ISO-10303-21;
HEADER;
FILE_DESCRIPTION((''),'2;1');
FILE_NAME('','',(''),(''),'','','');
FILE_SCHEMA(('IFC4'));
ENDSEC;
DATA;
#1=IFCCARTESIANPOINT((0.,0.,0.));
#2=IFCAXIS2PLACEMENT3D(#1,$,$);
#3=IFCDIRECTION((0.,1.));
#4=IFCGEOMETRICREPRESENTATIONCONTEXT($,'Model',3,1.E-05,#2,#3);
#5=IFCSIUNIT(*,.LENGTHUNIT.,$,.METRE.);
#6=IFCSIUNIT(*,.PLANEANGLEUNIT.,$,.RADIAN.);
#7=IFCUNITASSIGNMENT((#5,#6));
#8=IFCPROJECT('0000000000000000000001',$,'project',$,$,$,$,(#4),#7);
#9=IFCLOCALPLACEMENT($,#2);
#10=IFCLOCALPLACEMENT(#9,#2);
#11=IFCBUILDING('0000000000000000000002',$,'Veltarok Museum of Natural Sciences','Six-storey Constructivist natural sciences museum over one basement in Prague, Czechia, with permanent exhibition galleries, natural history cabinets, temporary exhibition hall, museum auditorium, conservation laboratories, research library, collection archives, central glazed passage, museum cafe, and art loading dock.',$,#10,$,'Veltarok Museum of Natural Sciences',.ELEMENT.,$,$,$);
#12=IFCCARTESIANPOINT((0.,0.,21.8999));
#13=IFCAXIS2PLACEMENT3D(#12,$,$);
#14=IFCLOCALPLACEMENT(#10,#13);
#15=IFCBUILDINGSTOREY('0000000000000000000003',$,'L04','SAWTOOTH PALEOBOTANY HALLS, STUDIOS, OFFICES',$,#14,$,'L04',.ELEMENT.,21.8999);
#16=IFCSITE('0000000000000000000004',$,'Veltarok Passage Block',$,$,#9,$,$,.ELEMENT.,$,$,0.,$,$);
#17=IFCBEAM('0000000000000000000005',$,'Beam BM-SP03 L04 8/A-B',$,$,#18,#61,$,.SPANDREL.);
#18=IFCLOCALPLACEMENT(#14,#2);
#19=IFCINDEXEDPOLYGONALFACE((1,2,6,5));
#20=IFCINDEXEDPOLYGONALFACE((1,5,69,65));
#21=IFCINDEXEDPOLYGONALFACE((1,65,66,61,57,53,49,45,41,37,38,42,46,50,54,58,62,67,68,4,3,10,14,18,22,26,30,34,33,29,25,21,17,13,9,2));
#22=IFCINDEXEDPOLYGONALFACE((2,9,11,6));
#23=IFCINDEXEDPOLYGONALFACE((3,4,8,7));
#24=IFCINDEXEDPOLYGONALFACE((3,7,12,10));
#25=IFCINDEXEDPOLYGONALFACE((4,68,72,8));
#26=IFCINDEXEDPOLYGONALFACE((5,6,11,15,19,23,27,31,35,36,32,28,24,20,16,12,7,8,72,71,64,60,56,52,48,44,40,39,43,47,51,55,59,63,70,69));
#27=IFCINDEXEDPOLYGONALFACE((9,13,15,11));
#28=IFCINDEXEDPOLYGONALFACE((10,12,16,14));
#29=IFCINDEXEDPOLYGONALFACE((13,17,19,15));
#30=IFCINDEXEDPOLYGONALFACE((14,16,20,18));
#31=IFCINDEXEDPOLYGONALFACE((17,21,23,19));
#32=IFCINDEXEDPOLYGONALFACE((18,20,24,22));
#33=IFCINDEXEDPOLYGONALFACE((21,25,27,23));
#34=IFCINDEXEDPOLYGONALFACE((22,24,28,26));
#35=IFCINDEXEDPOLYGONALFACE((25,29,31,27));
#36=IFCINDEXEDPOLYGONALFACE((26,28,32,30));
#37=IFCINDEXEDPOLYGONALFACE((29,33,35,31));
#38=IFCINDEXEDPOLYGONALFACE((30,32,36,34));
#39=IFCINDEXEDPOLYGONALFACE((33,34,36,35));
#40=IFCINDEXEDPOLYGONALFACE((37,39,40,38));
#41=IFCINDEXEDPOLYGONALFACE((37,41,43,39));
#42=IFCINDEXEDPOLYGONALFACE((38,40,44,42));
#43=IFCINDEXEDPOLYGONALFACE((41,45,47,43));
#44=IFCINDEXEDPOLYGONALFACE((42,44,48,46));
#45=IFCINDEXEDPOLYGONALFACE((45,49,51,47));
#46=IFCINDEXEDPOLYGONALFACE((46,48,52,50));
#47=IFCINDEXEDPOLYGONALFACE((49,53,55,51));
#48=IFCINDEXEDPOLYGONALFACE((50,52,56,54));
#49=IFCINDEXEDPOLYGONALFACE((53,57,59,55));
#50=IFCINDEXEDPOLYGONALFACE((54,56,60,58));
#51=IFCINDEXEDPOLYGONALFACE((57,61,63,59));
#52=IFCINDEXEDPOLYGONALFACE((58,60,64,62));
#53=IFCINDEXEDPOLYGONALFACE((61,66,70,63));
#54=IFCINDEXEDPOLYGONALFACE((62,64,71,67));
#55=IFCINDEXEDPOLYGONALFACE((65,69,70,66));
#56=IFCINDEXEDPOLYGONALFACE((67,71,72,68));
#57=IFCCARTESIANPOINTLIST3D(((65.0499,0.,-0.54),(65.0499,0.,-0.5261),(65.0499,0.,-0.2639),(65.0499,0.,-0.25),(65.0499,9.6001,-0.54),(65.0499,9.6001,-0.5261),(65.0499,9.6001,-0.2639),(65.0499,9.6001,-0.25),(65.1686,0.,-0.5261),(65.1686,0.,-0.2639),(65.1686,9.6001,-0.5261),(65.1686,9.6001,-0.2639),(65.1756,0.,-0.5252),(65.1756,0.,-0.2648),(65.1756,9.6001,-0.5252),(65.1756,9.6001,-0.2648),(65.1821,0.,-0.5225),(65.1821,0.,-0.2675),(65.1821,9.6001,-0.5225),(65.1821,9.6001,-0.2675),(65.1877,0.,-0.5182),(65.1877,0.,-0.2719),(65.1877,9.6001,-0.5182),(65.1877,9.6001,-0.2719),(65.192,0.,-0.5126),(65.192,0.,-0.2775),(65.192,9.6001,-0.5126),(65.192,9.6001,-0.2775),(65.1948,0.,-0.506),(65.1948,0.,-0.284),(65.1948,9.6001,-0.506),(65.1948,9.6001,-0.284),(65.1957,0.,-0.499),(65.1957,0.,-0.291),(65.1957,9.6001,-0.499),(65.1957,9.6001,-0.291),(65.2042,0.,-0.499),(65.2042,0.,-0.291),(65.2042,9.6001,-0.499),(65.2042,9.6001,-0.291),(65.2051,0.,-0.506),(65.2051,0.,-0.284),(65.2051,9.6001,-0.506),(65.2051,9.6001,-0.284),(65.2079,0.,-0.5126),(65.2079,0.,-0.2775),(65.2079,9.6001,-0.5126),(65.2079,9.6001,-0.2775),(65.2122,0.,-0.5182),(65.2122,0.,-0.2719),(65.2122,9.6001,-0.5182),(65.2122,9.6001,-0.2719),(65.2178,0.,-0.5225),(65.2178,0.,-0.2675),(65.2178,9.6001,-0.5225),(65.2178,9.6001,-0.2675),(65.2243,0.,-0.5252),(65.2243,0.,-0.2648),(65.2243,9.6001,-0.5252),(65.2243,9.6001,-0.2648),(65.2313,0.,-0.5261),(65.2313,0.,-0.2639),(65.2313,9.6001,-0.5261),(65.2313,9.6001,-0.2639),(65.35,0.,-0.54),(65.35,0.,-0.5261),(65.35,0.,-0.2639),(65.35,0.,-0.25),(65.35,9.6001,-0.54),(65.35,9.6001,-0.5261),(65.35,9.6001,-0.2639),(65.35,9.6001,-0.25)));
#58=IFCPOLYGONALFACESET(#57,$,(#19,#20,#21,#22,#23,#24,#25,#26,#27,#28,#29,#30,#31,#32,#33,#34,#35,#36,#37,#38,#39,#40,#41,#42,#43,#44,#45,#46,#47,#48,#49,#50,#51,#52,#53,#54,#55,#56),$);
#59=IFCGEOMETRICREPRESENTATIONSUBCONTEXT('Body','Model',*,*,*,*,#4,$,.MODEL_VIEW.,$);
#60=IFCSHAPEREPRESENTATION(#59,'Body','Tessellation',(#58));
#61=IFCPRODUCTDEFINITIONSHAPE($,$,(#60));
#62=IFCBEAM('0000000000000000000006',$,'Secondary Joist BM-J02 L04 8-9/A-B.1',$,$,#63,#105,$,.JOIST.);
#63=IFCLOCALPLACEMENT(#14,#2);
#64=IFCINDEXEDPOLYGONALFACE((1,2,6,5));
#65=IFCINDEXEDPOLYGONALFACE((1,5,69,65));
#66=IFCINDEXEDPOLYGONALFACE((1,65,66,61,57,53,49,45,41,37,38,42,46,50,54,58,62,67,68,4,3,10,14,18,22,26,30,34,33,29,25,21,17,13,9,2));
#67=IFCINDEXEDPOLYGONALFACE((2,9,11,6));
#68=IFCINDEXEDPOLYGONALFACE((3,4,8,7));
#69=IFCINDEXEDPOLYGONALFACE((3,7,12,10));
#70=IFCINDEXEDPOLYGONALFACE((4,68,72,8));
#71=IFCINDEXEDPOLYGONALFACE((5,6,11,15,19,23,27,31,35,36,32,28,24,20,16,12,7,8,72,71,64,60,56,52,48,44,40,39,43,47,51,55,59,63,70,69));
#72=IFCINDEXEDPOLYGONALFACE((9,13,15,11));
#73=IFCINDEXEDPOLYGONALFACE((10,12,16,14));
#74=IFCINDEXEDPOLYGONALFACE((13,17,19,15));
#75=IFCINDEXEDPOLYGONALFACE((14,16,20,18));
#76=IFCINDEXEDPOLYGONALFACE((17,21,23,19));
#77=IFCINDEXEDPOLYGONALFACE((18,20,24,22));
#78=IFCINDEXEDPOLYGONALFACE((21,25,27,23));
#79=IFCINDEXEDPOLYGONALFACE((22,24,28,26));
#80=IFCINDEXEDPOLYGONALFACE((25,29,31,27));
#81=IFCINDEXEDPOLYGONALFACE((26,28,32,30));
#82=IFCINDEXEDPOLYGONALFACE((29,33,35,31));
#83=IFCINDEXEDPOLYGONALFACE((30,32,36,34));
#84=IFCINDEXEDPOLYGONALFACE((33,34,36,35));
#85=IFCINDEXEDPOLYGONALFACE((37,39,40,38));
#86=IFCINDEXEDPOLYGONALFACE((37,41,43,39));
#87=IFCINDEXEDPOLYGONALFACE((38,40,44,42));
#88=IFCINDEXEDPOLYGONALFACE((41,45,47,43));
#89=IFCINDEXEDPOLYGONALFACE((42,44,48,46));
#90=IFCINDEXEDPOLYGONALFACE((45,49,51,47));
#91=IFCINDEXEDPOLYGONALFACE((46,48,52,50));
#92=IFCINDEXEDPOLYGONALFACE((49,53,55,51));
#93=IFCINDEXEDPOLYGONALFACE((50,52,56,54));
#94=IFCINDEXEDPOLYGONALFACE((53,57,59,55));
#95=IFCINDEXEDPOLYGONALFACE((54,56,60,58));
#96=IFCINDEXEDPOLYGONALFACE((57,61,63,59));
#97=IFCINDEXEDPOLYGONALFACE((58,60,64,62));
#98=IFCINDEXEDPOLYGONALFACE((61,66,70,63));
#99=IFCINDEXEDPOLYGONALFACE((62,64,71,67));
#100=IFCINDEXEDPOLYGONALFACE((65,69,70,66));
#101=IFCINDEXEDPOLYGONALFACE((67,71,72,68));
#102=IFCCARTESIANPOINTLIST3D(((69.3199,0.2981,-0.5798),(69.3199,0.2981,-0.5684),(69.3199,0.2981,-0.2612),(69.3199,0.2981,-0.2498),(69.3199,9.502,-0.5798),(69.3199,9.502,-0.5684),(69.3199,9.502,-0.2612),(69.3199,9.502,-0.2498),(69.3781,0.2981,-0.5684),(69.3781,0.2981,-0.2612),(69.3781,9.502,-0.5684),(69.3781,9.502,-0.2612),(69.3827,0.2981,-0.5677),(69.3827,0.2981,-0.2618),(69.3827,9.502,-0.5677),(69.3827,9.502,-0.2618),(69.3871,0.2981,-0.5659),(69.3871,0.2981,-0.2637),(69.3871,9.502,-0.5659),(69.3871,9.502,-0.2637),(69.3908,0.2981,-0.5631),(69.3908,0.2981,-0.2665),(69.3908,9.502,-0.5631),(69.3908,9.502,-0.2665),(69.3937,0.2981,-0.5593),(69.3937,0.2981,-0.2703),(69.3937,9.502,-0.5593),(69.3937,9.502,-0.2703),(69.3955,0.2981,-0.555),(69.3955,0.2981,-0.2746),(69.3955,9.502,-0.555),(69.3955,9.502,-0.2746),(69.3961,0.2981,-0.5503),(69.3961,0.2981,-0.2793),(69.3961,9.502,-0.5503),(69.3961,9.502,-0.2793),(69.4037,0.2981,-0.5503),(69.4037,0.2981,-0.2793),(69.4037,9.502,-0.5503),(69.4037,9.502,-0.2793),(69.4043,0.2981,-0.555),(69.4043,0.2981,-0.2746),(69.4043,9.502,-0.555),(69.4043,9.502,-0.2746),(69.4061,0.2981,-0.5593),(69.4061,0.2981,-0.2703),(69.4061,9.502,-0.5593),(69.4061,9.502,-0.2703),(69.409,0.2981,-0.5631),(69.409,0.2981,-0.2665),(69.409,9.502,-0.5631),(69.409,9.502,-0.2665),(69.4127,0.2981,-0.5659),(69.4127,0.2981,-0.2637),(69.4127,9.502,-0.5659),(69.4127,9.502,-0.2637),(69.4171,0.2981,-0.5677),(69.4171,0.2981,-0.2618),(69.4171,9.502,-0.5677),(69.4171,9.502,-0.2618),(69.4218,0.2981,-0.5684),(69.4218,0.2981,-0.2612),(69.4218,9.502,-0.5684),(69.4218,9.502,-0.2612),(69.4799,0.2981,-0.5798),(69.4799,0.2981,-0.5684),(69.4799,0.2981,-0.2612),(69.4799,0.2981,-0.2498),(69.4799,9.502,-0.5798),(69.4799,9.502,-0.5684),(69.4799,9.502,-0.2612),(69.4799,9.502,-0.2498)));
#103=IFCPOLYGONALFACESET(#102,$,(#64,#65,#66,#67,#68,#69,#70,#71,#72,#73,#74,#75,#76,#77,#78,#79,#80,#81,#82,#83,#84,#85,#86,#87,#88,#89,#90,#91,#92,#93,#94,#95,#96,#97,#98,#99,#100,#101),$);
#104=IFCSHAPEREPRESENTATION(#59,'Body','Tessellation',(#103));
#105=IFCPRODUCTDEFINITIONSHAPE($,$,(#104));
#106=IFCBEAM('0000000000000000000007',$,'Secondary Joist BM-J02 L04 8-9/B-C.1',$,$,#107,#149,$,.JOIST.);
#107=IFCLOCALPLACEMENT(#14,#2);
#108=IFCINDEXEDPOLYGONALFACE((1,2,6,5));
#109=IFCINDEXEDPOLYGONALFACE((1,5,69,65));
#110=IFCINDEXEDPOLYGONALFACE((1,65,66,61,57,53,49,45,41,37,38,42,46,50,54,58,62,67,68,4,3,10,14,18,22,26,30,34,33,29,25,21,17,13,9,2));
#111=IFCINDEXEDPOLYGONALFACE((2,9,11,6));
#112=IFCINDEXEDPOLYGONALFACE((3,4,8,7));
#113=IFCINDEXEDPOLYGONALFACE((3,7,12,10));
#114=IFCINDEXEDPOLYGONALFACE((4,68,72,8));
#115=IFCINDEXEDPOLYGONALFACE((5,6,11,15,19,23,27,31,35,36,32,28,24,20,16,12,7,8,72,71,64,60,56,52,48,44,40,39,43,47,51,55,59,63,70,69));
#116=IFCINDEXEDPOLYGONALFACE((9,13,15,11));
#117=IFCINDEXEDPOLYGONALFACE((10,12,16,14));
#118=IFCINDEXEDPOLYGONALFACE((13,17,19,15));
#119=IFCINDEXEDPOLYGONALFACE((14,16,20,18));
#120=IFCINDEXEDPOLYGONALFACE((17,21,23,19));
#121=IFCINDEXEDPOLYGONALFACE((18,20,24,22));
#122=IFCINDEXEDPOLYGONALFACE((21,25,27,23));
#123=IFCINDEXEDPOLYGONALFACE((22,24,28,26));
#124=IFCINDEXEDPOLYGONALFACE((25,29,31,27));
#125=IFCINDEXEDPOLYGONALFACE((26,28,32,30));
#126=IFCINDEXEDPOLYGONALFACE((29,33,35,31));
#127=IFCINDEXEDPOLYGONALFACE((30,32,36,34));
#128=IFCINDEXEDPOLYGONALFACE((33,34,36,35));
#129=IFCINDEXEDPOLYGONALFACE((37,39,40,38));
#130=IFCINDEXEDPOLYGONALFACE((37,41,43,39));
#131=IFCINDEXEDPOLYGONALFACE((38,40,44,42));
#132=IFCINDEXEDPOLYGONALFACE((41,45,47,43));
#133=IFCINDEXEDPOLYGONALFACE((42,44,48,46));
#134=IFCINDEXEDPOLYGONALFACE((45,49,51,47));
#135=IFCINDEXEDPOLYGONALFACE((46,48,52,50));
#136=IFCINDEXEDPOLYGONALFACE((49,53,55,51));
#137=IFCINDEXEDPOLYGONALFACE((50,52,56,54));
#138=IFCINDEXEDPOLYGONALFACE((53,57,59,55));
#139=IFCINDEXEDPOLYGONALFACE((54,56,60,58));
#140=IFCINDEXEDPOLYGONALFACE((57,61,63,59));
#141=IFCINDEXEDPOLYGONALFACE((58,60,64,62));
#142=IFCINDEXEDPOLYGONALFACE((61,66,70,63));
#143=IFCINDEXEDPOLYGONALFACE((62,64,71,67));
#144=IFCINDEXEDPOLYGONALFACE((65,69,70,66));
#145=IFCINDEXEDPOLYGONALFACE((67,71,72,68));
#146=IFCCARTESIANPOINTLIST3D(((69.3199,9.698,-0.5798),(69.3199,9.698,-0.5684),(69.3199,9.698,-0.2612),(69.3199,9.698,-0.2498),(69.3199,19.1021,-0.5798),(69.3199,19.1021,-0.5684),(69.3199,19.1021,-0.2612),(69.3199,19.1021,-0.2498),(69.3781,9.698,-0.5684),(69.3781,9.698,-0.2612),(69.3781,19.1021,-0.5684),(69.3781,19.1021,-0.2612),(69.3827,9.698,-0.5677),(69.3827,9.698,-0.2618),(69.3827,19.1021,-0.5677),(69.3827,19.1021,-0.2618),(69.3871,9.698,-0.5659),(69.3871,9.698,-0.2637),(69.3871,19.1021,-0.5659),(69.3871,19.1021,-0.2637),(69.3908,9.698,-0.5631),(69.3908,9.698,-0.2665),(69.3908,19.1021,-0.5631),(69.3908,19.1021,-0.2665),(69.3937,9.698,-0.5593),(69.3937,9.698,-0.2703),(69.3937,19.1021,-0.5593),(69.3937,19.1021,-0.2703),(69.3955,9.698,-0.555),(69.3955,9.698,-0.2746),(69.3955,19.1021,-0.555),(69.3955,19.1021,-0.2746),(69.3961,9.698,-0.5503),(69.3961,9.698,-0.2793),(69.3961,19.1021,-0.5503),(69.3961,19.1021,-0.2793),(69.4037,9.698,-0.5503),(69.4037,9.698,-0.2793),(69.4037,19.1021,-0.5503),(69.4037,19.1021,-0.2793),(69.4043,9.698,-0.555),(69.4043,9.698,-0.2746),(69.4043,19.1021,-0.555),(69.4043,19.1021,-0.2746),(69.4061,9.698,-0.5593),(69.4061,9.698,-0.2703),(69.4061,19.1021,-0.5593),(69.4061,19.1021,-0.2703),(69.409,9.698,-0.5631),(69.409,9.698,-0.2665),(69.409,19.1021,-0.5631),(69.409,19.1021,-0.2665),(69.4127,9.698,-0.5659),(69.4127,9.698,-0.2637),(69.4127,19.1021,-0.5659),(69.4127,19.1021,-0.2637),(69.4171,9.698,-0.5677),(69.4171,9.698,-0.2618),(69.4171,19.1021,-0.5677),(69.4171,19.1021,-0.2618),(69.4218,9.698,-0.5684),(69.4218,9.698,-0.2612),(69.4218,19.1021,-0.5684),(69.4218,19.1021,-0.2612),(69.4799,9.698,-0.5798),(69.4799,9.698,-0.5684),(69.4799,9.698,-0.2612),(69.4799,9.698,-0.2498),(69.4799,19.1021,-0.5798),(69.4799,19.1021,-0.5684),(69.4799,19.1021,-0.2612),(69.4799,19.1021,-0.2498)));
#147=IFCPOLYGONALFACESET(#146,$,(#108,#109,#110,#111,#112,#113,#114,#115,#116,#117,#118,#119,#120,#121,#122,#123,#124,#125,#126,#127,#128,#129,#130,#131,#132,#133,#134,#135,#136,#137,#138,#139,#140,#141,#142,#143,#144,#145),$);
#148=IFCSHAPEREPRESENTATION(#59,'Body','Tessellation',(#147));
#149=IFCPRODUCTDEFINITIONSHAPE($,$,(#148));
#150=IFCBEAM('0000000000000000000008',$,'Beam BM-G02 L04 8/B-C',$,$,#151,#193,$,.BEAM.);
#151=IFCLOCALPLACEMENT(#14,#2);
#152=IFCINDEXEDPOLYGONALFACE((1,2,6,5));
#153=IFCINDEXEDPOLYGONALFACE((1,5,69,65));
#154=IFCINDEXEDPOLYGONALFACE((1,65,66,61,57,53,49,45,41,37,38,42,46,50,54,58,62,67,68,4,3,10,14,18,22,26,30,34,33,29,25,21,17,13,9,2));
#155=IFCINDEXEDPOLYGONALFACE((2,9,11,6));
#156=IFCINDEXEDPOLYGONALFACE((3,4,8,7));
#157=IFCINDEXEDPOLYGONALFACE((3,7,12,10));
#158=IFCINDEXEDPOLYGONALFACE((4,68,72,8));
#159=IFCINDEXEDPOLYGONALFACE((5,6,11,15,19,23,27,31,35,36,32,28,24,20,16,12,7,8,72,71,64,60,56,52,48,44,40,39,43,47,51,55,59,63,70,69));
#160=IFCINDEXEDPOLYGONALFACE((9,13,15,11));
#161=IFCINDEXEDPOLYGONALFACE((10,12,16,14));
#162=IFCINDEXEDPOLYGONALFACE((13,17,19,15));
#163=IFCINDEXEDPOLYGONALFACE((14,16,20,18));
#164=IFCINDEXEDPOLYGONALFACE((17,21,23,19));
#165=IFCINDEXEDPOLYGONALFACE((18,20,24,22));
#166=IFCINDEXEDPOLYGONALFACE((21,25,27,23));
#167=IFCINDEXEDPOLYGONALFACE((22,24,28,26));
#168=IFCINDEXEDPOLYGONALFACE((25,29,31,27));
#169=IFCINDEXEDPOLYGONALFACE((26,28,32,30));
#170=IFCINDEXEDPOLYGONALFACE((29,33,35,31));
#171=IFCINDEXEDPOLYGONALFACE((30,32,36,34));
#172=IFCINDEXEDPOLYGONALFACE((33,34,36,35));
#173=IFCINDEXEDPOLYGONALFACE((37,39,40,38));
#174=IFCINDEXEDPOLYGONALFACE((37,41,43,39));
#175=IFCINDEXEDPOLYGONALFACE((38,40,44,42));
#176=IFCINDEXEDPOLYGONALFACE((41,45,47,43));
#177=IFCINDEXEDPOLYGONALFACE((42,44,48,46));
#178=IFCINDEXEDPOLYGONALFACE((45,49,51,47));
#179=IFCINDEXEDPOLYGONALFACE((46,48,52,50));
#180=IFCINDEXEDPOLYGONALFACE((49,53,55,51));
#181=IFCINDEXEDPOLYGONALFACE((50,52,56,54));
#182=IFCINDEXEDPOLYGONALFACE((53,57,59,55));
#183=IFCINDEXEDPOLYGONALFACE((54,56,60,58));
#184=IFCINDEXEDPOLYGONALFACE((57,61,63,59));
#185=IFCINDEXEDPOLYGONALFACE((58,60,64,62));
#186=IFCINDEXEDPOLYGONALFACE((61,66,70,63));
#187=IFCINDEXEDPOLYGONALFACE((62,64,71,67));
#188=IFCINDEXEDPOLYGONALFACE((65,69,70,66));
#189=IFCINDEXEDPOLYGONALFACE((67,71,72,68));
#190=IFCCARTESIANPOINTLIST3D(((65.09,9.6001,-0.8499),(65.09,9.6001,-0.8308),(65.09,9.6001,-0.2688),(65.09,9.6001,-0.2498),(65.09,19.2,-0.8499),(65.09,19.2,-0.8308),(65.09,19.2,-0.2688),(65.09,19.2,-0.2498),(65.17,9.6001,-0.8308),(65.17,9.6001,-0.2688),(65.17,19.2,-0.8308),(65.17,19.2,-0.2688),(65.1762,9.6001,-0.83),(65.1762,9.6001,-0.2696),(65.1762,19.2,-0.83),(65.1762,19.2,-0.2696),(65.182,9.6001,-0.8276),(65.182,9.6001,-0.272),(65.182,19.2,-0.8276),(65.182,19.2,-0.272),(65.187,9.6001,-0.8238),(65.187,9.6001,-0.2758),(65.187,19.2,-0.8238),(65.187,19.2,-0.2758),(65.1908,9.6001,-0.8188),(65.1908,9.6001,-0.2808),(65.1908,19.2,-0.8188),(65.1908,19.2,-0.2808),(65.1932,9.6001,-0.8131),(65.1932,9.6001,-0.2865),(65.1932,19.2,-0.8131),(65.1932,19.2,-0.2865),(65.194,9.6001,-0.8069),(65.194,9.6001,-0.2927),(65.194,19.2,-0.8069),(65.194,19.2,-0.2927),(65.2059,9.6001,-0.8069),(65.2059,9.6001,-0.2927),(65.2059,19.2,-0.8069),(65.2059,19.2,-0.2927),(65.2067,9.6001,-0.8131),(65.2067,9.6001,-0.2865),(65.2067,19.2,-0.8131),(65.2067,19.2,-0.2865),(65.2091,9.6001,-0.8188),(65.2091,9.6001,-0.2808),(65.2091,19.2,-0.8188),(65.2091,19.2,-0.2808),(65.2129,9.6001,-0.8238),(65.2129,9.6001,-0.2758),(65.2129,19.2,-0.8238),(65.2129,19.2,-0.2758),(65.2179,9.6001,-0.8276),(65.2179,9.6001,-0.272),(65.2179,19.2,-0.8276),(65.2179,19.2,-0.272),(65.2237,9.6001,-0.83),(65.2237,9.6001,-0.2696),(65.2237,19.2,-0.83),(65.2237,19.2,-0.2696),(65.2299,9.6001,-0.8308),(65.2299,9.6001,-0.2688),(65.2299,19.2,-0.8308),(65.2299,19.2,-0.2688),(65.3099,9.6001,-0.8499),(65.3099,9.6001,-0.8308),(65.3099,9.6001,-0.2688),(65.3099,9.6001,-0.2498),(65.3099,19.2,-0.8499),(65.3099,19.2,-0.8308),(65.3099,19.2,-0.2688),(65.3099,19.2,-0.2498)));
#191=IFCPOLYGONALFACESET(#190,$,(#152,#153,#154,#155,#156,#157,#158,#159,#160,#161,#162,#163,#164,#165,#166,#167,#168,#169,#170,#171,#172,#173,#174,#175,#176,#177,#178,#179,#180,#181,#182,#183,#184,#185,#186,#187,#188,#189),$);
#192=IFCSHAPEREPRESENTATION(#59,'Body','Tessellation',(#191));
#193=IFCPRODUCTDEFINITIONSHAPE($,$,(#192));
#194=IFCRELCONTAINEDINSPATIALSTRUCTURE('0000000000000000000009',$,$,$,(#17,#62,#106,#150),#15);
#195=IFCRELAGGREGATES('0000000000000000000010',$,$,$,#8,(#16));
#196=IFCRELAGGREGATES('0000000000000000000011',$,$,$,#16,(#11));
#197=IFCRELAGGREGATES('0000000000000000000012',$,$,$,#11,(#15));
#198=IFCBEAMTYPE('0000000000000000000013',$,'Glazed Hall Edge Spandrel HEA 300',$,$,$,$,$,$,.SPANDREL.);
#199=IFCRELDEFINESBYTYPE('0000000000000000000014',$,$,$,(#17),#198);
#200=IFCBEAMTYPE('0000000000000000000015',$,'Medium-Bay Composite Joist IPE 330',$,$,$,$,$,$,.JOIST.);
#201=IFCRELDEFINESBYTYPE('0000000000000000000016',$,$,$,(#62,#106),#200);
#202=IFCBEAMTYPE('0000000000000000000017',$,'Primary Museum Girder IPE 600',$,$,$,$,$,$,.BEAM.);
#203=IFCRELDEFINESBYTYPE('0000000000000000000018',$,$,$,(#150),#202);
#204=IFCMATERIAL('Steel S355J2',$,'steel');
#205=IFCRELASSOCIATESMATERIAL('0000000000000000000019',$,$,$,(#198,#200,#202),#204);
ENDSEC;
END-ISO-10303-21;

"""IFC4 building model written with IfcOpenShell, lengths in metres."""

from ifc_helpers import new_model, si_unit, direction, frame, origin, origin_2d, place, context, subcontext, project, spatial, i_section, extrude, material, material_profile, profile_set, type_object, element, save


model = new_model("IFC4")

# Units and contexts
model_context = context("Model", 3, precision=1e-05, world=origin(), true_north=direction((0.0, 1.0)))
body_context = subcontext(model_context, "Body", "Model", "MODEL_VIEW")
ifc_project = project(units=[si_unit("LENGTHUNIT", "METRE"), si_unit("PLANEANGLEUNIT", "RADIAN")], contexts=[model_context])

# Site, building, storey
site_placement = place(None, origin())
site = spatial("IfcSite", under=ifc_project, at=site_placement, Name="Veltarok Passage Block", CompositionType="ELEMENT", RefElevation=0.0)
building_placement = place(site_placement, origin())
building = spatial("IfcBuilding", under=site, at=building_placement, Name="Veltarok Museum of Natural Sciences", Description="Six-storey Constructivist natural sciences museum over one basement in Prague, Czechia, with permanent exhibition galleries, natural history cabinets, temporary exhibition hall, museum auditorium, conservation laboratories, research library, collection archives, central glazed passage, museum cafe, and art loading dock.", LongName="Veltarok Museum of Natural Sciences", CompositionType="ELEMENT")
storey_placement = place(building_placement, frame((0.0, 0.0, 21.8999)))
storey = spatial("IfcBuildingStorey", under=building, at=storey_placement, Name="L04", Description="SAWTOOTH PALEOBOTANY HALLS, STUDIOS, OFFICES", LongName="L04", CompositionType="ELEMENT", Elevation=21.8999)

# Shared definitions
ifc_material_1 = material(Name="Steel S355J2", Category="steel")

# Beams
ifc_material_profile_1 = material_profile(ifc_material_1, i_section(OverallWidth=0.3, OverallDepth=0.29, WebThickness=0.0085, FlangeThickness=0.0139, FilletRadius=0.0271, at=origin_2d()), Name="HEA 300")
ifc_profile_set_1 = profile_set([ifc_material_profile_1], Name="Steel S355J2")
beam_type_1 = type_object("IfcBeamType", Name="Glazed Hall Edge Spandrel HEA 300", PredefinedType="SPANDREL", material=ifc_profile_set_1)
beam_1_placement = place(storey_placement, frame((65.2, 0.0, -0.395), z_axis=(0.0, 1.0, 0.0), x_axis=(-1.0, 0.0, 0.0)))
element("IfcBeam", 1, at=beam_1_placement, inside=storey, type_object=beam_type_1, Name="Beam BM-SP03 L04 8/A-B", PredefinedType="SPANDREL", context=body_context, shape_type="SweptSolid", body=[
    extrude(i_section(OverallWidth=0.3, OverallDepth=0.29, WebThickness=0.0085, FlangeThickness=0.0139, FilletRadius=0.0271, at=origin_2d()), origin(), (0.0, 0.0, 1.0), 9.6001),
])
ifc_material_profile_2 = material_profile(ifc_material_1, i_section(OverallWidth=0.1599, OverallDepth=0.3301, WebThickness=0.0076, FlangeThickness=0.0115, FilletRadius=0.0181, at=origin_2d()), Name="IPE 330")
ifc_profile_set_2 = profile_set([ifc_material_profile_2], Name="Steel S355J2")
beam_type_2 = type_object("IfcBeamType", Name="Medium-Bay Composite Joist IPE 330", PredefinedType="JOIST", material=ifc_profile_set_2)
beam_2_placement = place(storey_placement, frame((69.3999, 0.2981, -0.4148), z_axis=(0.0, 1.0, 0.0), x_axis=(-1.0, 0.0, 0.0)))
element("IfcBeam", 2, at=beam_2_placement, inside=storey, type_object=beam_type_2, Name="Secondary Joist BM-J02 L04 8-9/A-B.1", PredefinedType="JOIST", context=body_context, shape_type="SweptSolid", body=[
    extrude(i_section(OverallWidth=0.1599, OverallDepth=0.3301, WebThickness=0.0076, FlangeThickness=0.0115, FilletRadius=0.0181, at=origin_2d()), origin(), (0.0, 0.0, 1.0), 9.2039),
])
beam_3_placement = place(storey_placement, frame((69.3999, 9.698, -0.4148), z_axis=(0.0, 1.0, 0.0), x_axis=(-1.0, 0.0, 0.0)))
element("IfcBeam", 3, at=beam_3_placement, inside=storey, type_object=beam_type_2, Name="Secondary Joist BM-J02 L04 8-9/B-C.1", PredefinedType="JOIST", context=body_context, shape_type="SweptSolid", body=[
    extrude(i_section(OverallWidth=0.1599, OverallDepth=0.3301, WebThickness=0.0076, FlangeThickness=0.0115, FilletRadius=0.0181, at=origin_2d()), origin(), (0.0, 0.0, 1.0), 9.4041),
])
ifc_material_profile_3 = material_profile(ifc_material_1, i_section(OverallWidth=0.22, OverallDepth=0.6001, WebThickness=0.012, FlangeThickness=0.019, FilletRadius=0.0239, at=origin_2d()), Name="IPE 600")
ifc_profile_set_3 = profile_set([ifc_material_profile_3], Name="Steel S355J2")
beam_type_3 = type_object("IfcBeamType", Name="Primary Museum Girder IPE 600", PredefinedType="BEAM", material=ifc_profile_set_3)
beam_4_placement = place(storey_placement, frame((65.2, 9.6001, -0.5498), z_axis=(0.0, 1.0, 0.0), x_axis=(-1.0, 0.0, 0.0)))
element("IfcBeam", 4, at=beam_4_placement, inside=storey, type_object=beam_type_3, Name="Beam BM-G02 L04 8/B-C", PredefinedType="BEAM", context=body_context, shape_type="SweptSolid", body=[
    extrude(i_section(OverallWidth=0.22, OverallDepth=0.6001, WebThickness=0.012, FlangeThickness=0.019, FilletRadius=0.0239, at=origin_2d()), origin(), (0.0, 0.0, 1.0), 9.5999),
])

save(model, "model.ifc")
